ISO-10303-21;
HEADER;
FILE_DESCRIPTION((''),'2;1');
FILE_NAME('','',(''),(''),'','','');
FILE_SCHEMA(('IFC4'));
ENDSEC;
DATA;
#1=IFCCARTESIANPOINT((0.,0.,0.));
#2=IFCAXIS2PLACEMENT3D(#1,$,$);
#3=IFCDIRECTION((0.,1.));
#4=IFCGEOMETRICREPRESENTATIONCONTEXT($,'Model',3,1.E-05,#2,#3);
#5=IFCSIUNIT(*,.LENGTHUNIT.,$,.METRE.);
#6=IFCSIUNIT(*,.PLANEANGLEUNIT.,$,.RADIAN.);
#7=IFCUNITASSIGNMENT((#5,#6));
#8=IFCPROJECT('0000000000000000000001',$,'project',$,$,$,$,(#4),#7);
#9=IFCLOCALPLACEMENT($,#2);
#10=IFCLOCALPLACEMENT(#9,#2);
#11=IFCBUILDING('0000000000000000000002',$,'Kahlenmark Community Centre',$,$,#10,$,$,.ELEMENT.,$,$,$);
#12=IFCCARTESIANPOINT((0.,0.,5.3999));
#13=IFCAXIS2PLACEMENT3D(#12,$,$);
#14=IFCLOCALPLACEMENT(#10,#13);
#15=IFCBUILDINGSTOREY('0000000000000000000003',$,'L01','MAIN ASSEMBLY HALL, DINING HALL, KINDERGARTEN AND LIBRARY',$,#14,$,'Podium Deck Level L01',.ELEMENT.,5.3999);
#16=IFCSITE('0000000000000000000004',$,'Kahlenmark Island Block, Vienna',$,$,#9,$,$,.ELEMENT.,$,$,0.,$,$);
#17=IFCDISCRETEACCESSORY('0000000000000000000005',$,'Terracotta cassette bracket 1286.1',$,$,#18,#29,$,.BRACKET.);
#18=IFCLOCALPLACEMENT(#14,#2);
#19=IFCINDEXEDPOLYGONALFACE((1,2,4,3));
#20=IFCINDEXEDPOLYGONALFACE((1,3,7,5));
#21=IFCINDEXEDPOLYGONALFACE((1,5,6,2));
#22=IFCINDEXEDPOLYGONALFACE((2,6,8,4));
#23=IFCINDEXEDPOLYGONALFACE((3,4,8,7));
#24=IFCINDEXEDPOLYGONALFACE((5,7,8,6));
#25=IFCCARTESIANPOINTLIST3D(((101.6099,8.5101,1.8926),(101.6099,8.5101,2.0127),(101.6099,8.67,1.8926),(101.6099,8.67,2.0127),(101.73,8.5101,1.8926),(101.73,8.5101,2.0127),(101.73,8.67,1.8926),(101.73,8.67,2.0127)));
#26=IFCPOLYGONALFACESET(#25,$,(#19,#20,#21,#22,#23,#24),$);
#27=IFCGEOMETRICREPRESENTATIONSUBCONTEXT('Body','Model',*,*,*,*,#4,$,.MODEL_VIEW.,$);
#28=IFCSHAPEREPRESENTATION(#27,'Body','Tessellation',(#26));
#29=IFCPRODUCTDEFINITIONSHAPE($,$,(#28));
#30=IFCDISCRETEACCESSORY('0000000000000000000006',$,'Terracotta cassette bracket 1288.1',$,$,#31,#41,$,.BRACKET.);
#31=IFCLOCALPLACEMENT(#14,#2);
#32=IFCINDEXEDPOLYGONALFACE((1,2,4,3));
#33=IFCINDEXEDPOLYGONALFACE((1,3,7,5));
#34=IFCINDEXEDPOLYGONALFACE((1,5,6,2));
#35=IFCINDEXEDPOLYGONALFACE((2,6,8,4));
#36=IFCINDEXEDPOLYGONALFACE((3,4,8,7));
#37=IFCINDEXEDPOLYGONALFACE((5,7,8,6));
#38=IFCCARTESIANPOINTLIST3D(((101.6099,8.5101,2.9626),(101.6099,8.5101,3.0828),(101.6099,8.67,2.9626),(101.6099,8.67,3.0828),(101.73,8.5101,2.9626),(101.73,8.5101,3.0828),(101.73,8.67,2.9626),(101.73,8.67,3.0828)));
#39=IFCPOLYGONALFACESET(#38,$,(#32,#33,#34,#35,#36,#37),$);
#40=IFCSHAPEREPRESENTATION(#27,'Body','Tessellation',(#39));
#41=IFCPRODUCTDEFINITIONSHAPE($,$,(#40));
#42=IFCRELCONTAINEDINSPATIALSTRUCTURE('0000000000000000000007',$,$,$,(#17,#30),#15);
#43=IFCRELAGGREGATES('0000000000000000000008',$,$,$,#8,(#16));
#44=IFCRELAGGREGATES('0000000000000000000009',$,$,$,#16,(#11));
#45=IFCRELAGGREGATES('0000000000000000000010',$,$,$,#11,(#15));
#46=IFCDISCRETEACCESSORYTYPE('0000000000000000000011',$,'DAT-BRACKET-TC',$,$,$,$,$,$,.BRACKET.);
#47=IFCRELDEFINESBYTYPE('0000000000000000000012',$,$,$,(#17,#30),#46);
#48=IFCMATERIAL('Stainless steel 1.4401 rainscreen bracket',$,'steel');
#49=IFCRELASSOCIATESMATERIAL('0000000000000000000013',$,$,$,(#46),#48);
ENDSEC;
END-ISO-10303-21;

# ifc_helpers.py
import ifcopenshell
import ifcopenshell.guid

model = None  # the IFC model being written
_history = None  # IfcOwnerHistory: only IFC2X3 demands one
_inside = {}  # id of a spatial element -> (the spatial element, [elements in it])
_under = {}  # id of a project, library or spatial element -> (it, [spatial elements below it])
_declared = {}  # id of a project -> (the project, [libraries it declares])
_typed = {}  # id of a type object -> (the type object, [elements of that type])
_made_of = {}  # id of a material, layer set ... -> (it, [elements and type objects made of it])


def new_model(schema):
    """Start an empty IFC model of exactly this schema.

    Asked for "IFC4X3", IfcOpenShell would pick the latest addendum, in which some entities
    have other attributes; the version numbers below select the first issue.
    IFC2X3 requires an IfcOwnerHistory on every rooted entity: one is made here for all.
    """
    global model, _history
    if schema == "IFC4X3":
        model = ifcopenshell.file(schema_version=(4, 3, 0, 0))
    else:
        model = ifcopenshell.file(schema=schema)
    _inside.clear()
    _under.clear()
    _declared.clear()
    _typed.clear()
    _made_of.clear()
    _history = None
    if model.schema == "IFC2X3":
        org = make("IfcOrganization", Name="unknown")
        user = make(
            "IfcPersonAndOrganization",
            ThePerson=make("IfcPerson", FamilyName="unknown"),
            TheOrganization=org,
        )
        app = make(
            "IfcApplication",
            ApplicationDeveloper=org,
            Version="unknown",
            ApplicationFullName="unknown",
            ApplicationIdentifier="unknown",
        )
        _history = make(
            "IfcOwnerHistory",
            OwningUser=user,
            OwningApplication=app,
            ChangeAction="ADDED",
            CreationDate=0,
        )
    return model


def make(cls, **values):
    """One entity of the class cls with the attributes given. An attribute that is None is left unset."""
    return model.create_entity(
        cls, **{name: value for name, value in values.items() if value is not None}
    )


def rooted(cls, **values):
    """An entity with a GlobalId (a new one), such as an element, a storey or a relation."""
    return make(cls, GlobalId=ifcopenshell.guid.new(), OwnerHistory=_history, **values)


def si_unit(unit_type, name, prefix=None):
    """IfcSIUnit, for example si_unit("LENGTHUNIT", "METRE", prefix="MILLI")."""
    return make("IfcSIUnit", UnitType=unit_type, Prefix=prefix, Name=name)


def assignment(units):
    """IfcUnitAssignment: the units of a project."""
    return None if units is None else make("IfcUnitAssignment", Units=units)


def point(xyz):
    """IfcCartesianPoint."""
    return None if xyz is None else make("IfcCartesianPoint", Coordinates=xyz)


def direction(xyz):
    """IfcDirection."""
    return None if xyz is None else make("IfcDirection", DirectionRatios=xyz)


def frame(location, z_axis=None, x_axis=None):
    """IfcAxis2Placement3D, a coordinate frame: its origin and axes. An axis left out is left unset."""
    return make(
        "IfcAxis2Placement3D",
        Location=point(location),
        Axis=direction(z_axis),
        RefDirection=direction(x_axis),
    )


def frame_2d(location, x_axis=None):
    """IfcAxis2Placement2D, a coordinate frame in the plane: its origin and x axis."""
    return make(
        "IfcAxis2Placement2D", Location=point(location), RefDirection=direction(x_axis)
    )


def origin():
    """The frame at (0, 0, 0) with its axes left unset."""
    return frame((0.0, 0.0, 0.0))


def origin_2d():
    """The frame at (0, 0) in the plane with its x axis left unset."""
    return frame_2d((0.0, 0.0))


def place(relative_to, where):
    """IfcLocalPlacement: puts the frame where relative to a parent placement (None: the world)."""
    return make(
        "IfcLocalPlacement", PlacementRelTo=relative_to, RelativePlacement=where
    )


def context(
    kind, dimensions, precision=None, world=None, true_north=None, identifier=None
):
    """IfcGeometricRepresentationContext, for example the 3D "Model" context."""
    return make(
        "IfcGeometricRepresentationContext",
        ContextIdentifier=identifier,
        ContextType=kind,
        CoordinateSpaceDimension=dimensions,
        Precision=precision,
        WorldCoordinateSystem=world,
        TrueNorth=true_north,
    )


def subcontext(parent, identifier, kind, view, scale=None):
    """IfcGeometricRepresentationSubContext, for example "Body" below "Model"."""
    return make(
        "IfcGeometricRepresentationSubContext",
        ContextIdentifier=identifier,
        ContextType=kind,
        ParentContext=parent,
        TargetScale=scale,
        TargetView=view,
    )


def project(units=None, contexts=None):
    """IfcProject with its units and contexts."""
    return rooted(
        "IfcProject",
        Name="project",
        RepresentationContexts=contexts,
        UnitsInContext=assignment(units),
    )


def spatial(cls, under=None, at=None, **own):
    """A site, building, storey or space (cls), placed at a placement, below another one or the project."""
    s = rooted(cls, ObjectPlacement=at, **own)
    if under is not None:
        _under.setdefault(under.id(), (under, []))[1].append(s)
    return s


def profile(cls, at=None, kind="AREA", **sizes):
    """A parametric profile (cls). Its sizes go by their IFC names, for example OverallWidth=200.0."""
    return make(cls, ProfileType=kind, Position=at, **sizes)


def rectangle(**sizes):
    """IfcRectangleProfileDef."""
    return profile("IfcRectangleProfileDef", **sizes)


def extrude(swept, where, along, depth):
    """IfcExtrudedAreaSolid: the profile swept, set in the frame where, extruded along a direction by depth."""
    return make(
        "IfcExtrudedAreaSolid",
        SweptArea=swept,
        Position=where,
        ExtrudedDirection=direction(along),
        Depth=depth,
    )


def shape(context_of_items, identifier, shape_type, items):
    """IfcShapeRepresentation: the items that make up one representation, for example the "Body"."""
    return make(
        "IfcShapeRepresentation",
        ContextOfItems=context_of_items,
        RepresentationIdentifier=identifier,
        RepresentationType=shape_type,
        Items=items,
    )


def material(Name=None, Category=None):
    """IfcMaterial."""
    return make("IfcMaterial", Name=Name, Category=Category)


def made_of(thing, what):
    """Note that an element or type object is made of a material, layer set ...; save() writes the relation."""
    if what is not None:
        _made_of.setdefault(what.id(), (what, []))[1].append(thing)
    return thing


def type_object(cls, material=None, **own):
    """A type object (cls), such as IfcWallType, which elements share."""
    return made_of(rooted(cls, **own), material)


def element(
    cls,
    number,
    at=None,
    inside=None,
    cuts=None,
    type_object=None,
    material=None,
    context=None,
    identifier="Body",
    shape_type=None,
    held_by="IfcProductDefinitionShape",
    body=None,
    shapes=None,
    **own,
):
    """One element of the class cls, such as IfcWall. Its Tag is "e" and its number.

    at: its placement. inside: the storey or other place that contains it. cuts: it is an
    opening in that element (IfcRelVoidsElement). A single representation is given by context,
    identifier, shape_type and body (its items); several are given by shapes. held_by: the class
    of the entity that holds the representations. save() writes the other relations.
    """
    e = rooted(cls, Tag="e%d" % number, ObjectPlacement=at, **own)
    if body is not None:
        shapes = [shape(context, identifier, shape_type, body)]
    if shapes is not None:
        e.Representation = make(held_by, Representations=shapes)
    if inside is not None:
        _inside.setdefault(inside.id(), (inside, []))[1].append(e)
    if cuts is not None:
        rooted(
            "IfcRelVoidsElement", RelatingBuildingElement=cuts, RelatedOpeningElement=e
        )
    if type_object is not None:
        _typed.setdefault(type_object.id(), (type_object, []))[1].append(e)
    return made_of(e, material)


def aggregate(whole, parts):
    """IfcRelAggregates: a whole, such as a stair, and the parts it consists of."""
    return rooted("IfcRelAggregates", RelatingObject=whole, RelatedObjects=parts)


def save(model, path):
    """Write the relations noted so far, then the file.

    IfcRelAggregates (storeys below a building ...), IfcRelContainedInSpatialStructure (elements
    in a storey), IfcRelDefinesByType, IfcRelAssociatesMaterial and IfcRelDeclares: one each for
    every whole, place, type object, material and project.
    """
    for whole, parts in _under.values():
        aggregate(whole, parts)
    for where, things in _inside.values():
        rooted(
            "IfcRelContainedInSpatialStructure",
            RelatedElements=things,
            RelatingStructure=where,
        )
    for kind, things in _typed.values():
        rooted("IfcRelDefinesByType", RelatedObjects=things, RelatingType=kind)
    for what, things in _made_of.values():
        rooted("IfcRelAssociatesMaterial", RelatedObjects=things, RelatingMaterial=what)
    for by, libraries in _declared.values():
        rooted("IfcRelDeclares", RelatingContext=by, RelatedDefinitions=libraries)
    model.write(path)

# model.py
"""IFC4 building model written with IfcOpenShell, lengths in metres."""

from ifc_helpers import new_model, si_unit, direction, frame, origin, origin_2d, place, context, subcontext, project, spatial, rectangle, extrude, material, type_object, element, save


model = new_model("IFC4")

# Units and contexts
model_context = context("Model", 3, precision=1e-05, world=origin(), true_north=direction((0.0, 1.0)))
body_context = subcontext(model_context, "Body", "Model", "MODEL_VIEW")
ifc_project = project(units=[si_unit("LENGTHUNIT", "METRE"), si_unit("PLANEANGLEUNIT", "RADIAN")], contexts=[model_context])

# Site, building, storey
site_placement = place(None, origin())
site = spatial("IfcSite", under=ifc_project, at=site_placement, Name="Kahlenmark Island Block, Vienna", CompositionType="ELEMENT", RefElevation=0.0)
building_placement = place(site_placement, origin())
building = spatial("IfcBuilding", under=site, at=building_placement, Name="Kahlenmark Community Centre", CompositionType="ELEMENT")
storey_placement = place(building_placement, frame((0.0, 0.0, 5.3999)))
storey = spatial("IfcBuildingStorey", under=building, at=storey_placement, Name="L01", Description="MAIN ASSEMBLY HALL, DINING HALL, KINDERGARTEN AND LIBRARY", LongName="Podium Deck Level L01", CompositionType="ELEMENT", Elevation=5.3999)

# Discrete accessories
ifc_material_1 = material(Name="Stainless steel 1.4401 rainscreen bracket", Category="steel")
discrete_accessory_type = type_object("IfcDiscreteAccessoryType", Name="DAT-BRACKET-TC", PredefinedType="BRACKET", material=ifc_material_1)
for number, where, z_axis, x_axis, name in (
    (1, (101.6699, 8.5901, 1.8926), (0.0, 0.0, 1.0), (1.0, 0.0, 0.0), "Terracotta cassette bracket 1286.1"),
    (2, (101.6699, 8.5901, 2.9626), (0.0, 0.0, 1.0), (1.0, 0.0, 0.0), "Terracotta cassette bracket 1288.1"),
):
    element("IfcDiscreteAccessory", number, at=place(storey_placement, frame(where, z_axis=z_axis, x_axis=x_axis)), inside=storey, type_object=discrete_accessory_type, Name=name, PredefinedType="BRACKET", context=body_context, shape_type="SweptSolid", body=[
        extrude(rectangle(XDim=0.1201, YDim=0.1599, at=origin_2d()), origin(), (0.0, 0.0, 1.0), 0.1201),
    ])

save(model, "model.ifc")
